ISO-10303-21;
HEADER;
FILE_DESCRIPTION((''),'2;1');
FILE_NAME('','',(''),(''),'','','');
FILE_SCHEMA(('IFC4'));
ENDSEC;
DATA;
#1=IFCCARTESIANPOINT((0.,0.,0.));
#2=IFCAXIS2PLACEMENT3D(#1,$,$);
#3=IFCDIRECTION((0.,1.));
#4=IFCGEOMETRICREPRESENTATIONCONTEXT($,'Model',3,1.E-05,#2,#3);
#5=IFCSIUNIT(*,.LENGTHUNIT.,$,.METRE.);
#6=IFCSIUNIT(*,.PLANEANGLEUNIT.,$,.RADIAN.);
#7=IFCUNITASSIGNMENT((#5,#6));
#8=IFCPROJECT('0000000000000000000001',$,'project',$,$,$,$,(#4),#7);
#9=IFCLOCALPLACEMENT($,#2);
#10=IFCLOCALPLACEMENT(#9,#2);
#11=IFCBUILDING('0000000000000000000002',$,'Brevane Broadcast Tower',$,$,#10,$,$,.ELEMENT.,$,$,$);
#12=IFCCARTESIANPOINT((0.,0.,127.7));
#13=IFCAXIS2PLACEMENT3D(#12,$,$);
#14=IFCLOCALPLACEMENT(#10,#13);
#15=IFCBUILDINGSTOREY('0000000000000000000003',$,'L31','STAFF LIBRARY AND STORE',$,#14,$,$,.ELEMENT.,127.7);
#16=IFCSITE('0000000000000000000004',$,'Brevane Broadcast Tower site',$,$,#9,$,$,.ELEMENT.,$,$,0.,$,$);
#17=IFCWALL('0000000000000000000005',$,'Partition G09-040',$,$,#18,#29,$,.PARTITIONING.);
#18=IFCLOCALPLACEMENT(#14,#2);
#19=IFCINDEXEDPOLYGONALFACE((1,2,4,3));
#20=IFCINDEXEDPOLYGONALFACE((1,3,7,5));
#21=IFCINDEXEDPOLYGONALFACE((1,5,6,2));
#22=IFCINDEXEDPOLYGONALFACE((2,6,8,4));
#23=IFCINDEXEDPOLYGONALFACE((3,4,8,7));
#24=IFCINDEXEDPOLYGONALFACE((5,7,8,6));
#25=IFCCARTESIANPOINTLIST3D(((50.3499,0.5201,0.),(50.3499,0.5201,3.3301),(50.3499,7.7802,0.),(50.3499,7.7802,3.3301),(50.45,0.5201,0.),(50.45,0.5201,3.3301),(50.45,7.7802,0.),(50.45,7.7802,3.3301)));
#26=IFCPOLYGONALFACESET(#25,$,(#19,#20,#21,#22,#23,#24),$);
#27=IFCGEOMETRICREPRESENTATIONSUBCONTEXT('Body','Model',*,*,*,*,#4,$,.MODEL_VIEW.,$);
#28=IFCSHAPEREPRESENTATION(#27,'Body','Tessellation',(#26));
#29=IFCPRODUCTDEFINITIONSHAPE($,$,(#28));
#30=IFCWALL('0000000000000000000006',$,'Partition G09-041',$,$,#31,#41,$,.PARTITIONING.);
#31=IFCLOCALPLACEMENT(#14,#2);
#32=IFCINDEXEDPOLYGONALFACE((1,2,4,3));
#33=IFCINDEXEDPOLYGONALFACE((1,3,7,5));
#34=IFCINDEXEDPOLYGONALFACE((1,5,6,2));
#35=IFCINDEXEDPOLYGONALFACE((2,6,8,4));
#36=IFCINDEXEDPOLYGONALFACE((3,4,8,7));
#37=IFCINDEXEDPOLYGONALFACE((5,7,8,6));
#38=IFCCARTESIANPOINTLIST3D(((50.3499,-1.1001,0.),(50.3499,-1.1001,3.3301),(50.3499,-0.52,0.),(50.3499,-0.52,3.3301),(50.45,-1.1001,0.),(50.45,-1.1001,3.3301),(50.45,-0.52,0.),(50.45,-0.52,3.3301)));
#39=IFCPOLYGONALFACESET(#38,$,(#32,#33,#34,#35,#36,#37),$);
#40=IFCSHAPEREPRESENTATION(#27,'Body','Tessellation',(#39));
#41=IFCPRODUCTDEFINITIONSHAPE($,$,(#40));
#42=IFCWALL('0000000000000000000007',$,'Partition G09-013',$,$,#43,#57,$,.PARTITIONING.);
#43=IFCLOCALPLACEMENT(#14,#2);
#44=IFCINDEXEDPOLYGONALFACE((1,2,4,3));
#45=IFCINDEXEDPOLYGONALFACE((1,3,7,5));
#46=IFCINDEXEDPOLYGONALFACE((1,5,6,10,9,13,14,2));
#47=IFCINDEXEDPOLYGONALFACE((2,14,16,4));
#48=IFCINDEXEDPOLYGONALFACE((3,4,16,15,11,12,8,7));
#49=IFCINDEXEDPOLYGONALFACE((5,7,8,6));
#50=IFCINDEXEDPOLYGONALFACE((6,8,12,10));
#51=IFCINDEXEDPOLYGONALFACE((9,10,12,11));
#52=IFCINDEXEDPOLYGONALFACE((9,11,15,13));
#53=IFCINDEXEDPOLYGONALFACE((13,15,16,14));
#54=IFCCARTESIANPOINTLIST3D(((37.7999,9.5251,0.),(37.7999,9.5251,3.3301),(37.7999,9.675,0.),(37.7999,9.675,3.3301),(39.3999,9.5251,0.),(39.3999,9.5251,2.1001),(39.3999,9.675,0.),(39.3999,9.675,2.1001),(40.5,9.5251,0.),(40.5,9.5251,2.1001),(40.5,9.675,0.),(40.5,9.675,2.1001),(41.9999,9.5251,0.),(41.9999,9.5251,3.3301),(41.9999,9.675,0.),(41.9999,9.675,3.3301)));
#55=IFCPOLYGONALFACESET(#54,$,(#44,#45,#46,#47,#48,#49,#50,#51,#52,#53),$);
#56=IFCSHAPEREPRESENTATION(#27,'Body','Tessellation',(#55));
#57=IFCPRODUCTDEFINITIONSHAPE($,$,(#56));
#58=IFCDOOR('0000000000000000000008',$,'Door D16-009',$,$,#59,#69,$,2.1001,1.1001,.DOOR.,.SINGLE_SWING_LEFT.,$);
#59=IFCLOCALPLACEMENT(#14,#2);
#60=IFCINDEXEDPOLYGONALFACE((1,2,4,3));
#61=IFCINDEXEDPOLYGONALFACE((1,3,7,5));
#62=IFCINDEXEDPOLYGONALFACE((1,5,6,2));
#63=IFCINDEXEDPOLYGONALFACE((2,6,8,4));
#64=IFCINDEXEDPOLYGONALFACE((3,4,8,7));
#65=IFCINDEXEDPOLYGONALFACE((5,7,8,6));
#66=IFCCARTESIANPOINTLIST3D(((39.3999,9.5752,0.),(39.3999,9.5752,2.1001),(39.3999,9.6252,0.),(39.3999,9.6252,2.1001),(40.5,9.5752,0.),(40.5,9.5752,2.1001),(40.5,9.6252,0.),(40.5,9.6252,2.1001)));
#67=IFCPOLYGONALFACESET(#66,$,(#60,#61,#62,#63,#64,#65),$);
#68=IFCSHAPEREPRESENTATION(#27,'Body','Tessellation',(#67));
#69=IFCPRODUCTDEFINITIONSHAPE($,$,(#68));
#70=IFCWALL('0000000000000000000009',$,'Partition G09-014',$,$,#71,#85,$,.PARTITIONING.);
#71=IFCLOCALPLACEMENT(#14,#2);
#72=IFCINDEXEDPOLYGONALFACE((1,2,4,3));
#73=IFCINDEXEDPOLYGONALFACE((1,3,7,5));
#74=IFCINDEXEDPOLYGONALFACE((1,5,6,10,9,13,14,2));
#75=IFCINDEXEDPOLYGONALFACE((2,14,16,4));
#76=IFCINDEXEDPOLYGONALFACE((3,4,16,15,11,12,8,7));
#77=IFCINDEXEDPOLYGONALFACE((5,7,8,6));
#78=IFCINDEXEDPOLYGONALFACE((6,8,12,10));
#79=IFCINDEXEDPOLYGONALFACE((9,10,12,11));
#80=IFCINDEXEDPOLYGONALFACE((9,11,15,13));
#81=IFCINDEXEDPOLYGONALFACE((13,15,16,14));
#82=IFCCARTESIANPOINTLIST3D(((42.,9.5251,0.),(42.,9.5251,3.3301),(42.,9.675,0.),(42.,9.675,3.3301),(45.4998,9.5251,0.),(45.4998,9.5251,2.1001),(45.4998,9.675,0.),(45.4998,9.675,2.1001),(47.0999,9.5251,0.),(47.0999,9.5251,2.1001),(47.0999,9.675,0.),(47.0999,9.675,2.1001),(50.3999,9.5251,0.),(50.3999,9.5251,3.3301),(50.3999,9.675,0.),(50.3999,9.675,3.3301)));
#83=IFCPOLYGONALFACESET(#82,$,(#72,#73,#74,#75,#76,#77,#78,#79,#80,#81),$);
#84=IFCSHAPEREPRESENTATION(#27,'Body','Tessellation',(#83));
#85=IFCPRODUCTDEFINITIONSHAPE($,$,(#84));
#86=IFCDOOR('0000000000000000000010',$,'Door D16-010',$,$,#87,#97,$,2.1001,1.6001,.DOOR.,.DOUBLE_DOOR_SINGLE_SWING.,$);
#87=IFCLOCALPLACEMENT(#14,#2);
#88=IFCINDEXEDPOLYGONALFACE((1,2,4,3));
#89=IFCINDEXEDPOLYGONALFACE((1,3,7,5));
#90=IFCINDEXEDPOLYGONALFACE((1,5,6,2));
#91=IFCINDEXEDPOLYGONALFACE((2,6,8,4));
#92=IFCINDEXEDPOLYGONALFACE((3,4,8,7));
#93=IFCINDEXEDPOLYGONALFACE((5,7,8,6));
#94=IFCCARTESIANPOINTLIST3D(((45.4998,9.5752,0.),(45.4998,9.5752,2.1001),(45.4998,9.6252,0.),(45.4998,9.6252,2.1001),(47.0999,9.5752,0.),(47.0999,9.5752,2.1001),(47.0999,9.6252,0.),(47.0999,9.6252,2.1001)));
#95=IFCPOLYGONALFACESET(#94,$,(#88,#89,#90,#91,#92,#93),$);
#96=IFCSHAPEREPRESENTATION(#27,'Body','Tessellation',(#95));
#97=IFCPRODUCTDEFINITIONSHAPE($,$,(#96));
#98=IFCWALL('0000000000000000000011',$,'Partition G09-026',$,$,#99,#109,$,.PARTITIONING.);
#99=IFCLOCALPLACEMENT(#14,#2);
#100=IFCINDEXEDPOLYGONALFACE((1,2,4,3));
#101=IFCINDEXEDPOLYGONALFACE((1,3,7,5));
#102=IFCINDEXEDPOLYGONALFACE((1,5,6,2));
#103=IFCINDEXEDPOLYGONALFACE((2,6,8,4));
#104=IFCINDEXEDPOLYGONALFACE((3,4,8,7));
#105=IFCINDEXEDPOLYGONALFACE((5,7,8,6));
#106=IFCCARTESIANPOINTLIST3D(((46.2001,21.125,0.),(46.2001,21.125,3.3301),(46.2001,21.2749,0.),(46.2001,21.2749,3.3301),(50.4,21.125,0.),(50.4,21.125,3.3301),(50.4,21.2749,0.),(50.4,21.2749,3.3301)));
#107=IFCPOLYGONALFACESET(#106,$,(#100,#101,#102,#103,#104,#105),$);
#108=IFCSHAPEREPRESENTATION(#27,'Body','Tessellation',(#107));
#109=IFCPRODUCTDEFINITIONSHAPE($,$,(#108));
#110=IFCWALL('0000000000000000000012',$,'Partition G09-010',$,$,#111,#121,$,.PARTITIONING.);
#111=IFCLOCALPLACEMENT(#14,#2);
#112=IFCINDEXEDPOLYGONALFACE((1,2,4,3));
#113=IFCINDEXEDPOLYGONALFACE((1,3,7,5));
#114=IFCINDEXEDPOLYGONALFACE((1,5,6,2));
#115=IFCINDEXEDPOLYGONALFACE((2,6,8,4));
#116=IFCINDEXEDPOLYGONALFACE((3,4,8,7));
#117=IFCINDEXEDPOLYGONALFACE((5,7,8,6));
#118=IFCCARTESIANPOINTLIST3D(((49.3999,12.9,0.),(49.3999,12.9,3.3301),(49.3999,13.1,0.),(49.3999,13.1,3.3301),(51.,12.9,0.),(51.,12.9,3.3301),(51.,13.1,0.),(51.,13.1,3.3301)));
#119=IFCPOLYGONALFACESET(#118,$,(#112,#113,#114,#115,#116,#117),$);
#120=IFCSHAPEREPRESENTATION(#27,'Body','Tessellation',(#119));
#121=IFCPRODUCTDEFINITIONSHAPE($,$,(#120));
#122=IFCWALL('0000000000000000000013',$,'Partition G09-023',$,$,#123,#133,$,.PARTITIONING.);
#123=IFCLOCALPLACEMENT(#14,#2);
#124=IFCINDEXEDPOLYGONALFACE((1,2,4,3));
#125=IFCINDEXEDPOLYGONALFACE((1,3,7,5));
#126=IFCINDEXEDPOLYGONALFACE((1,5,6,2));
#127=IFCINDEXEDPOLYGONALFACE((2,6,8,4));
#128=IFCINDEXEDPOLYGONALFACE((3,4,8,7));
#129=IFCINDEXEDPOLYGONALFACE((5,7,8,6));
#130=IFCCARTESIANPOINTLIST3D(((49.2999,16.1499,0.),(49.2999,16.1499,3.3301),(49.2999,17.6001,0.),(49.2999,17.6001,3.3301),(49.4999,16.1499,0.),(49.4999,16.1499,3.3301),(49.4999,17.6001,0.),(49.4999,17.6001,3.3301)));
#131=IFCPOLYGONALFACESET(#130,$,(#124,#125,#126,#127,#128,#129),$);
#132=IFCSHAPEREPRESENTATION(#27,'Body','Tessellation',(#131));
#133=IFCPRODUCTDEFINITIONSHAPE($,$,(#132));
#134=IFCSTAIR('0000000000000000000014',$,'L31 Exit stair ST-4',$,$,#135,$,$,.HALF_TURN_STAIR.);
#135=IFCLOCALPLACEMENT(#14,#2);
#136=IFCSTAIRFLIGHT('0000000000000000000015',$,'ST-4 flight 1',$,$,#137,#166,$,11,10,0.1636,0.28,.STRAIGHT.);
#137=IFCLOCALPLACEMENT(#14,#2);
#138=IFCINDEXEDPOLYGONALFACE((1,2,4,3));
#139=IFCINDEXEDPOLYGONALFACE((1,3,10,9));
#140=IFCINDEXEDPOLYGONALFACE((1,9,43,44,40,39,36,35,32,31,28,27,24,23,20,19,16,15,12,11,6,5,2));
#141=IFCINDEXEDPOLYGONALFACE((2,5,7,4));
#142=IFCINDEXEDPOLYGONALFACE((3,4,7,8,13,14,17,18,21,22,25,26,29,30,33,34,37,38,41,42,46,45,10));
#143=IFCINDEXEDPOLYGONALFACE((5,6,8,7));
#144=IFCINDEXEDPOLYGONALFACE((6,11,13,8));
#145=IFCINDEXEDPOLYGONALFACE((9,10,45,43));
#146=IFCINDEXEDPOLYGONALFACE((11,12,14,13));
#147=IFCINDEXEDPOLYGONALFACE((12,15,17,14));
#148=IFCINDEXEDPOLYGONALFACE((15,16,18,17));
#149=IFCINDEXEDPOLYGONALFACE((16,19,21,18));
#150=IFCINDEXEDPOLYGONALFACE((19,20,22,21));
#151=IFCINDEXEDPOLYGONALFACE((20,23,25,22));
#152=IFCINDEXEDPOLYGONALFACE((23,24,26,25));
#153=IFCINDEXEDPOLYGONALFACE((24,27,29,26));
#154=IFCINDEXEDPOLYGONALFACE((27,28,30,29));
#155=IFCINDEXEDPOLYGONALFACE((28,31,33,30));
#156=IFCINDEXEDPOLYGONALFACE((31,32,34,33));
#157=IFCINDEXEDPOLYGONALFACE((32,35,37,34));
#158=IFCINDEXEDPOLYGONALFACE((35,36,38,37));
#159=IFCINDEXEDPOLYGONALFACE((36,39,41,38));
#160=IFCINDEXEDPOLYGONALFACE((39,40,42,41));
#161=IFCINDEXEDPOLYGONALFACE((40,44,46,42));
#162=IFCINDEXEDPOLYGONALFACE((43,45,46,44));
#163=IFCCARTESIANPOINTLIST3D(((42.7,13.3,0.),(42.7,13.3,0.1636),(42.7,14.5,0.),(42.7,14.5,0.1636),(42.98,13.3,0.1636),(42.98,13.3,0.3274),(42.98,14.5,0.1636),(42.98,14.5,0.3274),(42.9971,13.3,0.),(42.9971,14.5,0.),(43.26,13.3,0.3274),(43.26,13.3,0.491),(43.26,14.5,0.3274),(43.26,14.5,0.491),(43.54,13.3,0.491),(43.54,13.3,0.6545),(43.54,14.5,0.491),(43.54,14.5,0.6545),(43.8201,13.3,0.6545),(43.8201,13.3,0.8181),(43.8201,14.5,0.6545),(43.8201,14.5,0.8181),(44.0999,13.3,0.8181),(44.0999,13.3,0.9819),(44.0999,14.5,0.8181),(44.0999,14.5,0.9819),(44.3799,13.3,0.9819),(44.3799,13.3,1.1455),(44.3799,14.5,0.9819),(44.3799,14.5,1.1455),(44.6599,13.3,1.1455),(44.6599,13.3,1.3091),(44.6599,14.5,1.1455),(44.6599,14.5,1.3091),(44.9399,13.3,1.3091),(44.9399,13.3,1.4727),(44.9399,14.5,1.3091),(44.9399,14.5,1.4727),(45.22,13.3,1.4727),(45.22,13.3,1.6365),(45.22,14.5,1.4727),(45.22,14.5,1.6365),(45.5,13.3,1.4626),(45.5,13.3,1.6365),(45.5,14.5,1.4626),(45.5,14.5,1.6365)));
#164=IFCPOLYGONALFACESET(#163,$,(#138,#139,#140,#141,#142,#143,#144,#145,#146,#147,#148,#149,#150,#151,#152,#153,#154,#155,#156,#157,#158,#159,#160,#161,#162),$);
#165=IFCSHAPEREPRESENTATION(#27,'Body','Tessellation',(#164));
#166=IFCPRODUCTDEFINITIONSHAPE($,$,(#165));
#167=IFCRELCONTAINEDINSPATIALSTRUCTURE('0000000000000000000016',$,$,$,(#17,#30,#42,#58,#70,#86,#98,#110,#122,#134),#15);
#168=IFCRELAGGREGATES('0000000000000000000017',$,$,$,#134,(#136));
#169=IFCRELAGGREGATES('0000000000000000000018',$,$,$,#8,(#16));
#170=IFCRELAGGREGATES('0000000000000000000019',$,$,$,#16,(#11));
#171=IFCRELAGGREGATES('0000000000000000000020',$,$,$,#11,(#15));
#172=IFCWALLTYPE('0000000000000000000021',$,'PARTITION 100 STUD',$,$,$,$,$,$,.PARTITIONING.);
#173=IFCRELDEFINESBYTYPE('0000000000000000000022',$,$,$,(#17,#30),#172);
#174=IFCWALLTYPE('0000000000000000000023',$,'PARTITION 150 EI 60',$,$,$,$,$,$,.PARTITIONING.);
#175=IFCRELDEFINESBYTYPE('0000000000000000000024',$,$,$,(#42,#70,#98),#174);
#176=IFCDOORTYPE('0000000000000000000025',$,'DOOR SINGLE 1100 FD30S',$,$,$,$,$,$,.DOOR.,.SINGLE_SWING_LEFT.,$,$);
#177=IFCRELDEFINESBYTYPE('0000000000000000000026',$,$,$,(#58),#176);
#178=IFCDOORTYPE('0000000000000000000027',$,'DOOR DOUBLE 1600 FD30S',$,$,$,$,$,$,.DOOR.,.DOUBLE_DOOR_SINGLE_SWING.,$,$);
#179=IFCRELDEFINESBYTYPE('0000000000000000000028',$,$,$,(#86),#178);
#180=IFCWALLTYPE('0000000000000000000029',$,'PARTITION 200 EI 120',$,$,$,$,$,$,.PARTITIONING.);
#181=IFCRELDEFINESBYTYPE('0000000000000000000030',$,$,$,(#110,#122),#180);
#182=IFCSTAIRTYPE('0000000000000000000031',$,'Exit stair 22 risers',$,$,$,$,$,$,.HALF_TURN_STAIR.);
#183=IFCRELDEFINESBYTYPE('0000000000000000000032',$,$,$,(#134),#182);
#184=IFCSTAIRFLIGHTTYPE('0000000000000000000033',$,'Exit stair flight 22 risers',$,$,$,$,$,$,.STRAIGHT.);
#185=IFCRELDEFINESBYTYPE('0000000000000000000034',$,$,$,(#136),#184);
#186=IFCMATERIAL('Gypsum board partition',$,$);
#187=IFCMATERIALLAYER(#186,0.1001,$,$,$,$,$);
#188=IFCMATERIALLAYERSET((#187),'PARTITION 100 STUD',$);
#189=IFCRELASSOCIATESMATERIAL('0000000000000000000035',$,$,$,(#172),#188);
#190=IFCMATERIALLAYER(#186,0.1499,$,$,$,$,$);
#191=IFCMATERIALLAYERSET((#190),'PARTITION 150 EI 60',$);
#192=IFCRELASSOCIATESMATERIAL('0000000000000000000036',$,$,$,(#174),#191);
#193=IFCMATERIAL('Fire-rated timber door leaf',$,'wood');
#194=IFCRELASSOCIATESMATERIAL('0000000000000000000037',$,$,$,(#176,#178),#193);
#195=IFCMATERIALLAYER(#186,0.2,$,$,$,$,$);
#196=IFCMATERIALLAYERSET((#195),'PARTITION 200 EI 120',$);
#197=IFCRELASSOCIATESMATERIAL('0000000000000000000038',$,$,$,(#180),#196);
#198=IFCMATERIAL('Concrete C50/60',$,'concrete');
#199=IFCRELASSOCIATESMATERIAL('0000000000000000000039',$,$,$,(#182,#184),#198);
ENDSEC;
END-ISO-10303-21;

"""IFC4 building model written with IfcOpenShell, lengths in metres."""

from ifc_helpers import new_model, si_unit, direction, frame, frame_2d, origin, place, context, subcontext, project, spatial, polyline, rectangle, outline, extrude, material, layer, layer_set, type_object, element, fill, aggregate, save


model = new_model("IFC4")

# Units and contexts
model_context = context("Model", 3, precision=1e-05, world=origin(), true_north=direction((0.0, 1.0)))
body_context = subcontext(model_context, "Body", "Model", "MODEL_VIEW")
ifc_project = project(units=[si_unit("LENGTHUNIT", "METRE"), si_unit("PLANEANGLEUNIT", "RADIAN")], contexts=[model_context])

# Site, building, storey
site_placement = place(None, origin())
site = spatial("IfcSite", under=ifc_project, at=site_placement, Name="Brevane Broadcast Tower site", CompositionType="ELEMENT", RefElevation=0.0)
building_placement = place(site_placement, origin())
building = spatial("IfcBuilding", under=site, at=building_placement, Name="Brevane Broadcast Tower", CompositionType="ELEMENT")
storey_placement = place(building_placement, frame((0.0, 0.0, 127.7)))
storey = spatial("IfcBuildingStorey", under=building, at=storey_placement, Name="L31", Description="STAFF LIBRARY AND STORE", CompositionType="ELEMENT", Elevation=127.7)

# Walls
ifc_material_1 = material(Name="Gypsum board partition")
ifc_layer_1 = layer(ifc_material_1, 0.1001)
ifc_layer_set_1 = layer_set([ifc_layer_1], Name="PARTITION 100 STUD")
wall_type_1 = type_object("IfcWallType", Name="PARTITION 100 STUD", PredefinedType="PARTITIONING", material=ifc_layer_set_1)
wall_1_placement = place(storey_placement, frame((50.3999, 7.78, 0.0), z_axis=(0.0, 0.0, 1.0), x_axis=(0.0, -1.0, 0.0)))
element("IfcWall", 1, at=wall_1_placement, inside=storey, type_object=wall_type_1, Name="Partition G09-040", PredefinedType="PARTITIONING", context=body_context, shape_type="SweptSolid", body=[
    extrude(rectangle(XDim=7.26, YDim=0.1001, at=frame_2d((3.6299, 0.0))), origin(), (0.0, 0.0, 1.0), 3.3301),
])
wall_2_placement = place(storey_placement, frame((50.3999, -0.52, 0.0), z_axis=(0.0, 0.0, 1.0), x_axis=(0.0, -1.0, 0.0)))
element("IfcWall", 2, at=wall_2_placement, inside=storey, type_object=wall_type_1, Name="Partition G09-041", PredefinedType="PARTITIONING", context=body_context, shape_type="SweptSolid", body=[
    extrude(rectangle(XDim=0.5801, YDim=0.1001, at=frame_2d((0.29, 0.0))), origin(), (0.0, 0.0, 1.0), 3.3301),
])

# Walls, openings, doors
ifc_layer_2 = layer(ifc_material_1, 0.1499)
ifc_layer_set_2 = layer_set([ifc_layer_2], Name="PARTITION 150 EI 60")
wall_type_2 = type_object("IfcWallType", Name="PARTITION 150 EI 60", PredefinedType="PARTITIONING", material=ifc_layer_set_2)
wall_3_placement = place(storey_placement, frame((42.0, 9.6001, 0.0), z_axis=(0.0, 0.0, 1.0), x_axis=(-1.0, 0.0, 0.0)))
wall_3 = element("IfcWall", 3, at=wall_3_placement, inside=storey, type_object=wall_type_2, Name="Partition G09-013", PredefinedType="PARTITIONING", context=body_context, shape_type="SweptSolid", body=[
    extrude(rectangle(XDim=4.2, YDim=0.1499, at=frame_2d((2.1001, 0.0))), origin(), (0.0, 0.0, 1.0), 3.3301),
])
opening_1_placement = place(wall_3_placement, frame((1.5, 0.0, 0.0)))
opening_1 = element("IfcOpeningElement", 4, at=opening_1_placement, cuts=wall_3, PredefinedType="OPENING", context=body_context, shape_type="SweptSolid", body=[
    extrude(rectangle(XDim=1.1001, YDim=2.1001, at=frame_2d((0.55, 1.05))), frame((0.0, 0.085, 0.0), z_axis=(0.0, -1.0, 0.0), x_axis=(1.0, 0.0, 0.0)), (0.0, 0.0, 1.0), 0.1699),
])
ifc_material_2 = material(Name="Fire-rated timber door leaf", Category="wood")
door_type_1 = type_object("IfcDoorType", Name="DOOR SINGLE 1100 FD30S", OperationType="SINGLE_SWING_LEFT", PredefinedType="DOOR", material=ifc_material_2)
door_1_placement = place(opening_1_placement, origin())
door_1 = element("IfcDoor", 5, at=door_1_placement, inside=storey, type_object=door_type_1, Name="Door D16-009", OperationType="SINGLE_SWING_LEFT", OverallHeight=2.1001, OverallWidth=1.1001, PredefinedType="DOOR", context=body_context, shape_type="SweptSolid", body=[
    extrude(rectangle(XDim=1.1001, YDim=2.1001, at=frame_2d((0.55, 1.05))), frame((0.0, 0.0249, 0.0), z_axis=(0.0, -1.0, 0.0), x_axis=(1.0, 0.0, 0.0)), (0.0, 0.0, 1.0), 0.05),
])
fill(opening_1, door_1)
wall_4_placement = place(storey_placement, frame((50.3999, 9.6001, 0.0), z_axis=(0.0, 0.0, 1.0), x_axis=(-1.0, 0.0, 0.0)))
wall_4 = element("IfcWall", 6, at=wall_4_placement, inside=storey, type_object=wall_type_2, Name="Partition G09-014", PredefinedType="PARTITIONING", context=body_context, shape_type="SweptSolid", body=[
    extrude(rectangle(XDim=8.3999, YDim=0.1499, at=frame_2d((4.2, 0.0))), origin(), (0.0, 0.0, 1.0), 3.3301),
])
opening_2_placement = place(wall_4_placement, frame((3.3, 0.0, 0.0)))
opening_2 = element("IfcOpeningElement", 7, at=opening_2_placement, cuts=wall_4, PredefinedType="OPENING", context=body_context, shape_type="SweptSolid", body=[
    extrude(rectangle(XDim=1.6001, YDim=2.1001, at=frame_2d((0.8, 1.05))), frame((0.0, 0.085, 0.0), z_axis=(0.0, -1.0, 0.0), x_axis=(1.0, 0.0, 0.0)), (0.0, 0.0, 1.0), 0.1699),
])
door_type_2 = type_object("IfcDoorType", Name="DOOR DOUBLE 1600 FD30S", OperationType="DOUBLE_DOOR_SINGLE_SWING", PredefinedType="DOOR", material=ifc_material_2)
door_2_placement = place(opening_2_placement, origin())
door_2 = element("IfcDoor", 8, at=door_2_placement, inside=storey, type_object=door_type_2, Name="Door D16-010", OperationType="DOUBLE_DOOR_SINGLE_SWING", OverallHeight=2.1001, OverallWidth=1.6001, PredefinedType="DOOR", context=body_context, shape_type="SweptSolid", body=[
    extrude(rectangle(XDim=1.6001, YDim=2.1001, at=frame_2d((0.8, 1.05))), frame((0.0, 0.0249, 0.0), z_axis=(0.0, -1.0, 0.0), x_axis=(1.0, 0.0, 0.0)), (0.0, 0.0, 1.0), 0.05),
])
fill(opening_2, door_2)

# Walls
wall_5_placement = place(storey_placement, frame((46.2, 21.2, 0.0), z_axis=(0.0, 0.0, 1.0), x_axis=(1.0, 0.0, 0.0)))
element("IfcWall", 9, at=wall_5_placement, inside=storey, type_object=wall_type_2, Name="Partition G09-026", PredefinedType="PARTITIONING", context=body_context, shape_type="SweptSolid", body=[
    extrude(rectangle(XDim=4.2, YDim=0.1499, at=frame_2d((2.1001, 0.0))), origin(), (0.0, 0.0, 1.0), 3.3301),
])
ifc_layer_3 = layer(ifc_material_1, 0.2)
ifc_layer_set_3 = layer_set([ifc_layer_3], Name="PARTITION 200 EI 120")
wall_type_3 = type_object("IfcWallType", Name="PARTITION 200 EI 120", PredefinedType="PARTITIONING", material=ifc_layer_set_3)
wall_6_placement = place(storey_placement, frame((49.3999, 13.0, 0.0), z_axis=(0.0, 0.0, 1.0), x_axis=(1.0, 0.0, 0.0)))
element("IfcWall", 10, at=wall_6_placement, inside=storey, type_object=wall_type_3, Name="Partition G09-010", PredefinedType="PARTITIONING", context=body_context, shape_type="SweptSolid", body=[
    extrude(rectangle(XDim=1.6001, YDim=0.2, at=frame_2d((0.8, 0.0))), origin(), (0.0, 0.0, 1.0), 3.3301),
])
wall_7_placement = place(storey_placement, frame((49.3999, 17.6001, 0.0), z_axis=(0.0, 0.0, 1.0), x_axis=(0.0, -1.0, 0.0)))
element("IfcWall", 11, at=wall_7_placement, inside=storey, type_object=wall_type_3, Name="Partition G09-023", PredefinedType="PARTITIONING", context=body_context, shape_type="SweptSolid", body=[
    extrude(rectangle(XDim=1.4502, YDim=0.2, at=frame_2d((0.7251, 0.0))), origin(), (0.0, 0.0, 1.0), 3.3301),
])

# Stair, stair flight
ifc_material_3 = material(Name="Concrete C50/60", Category="concrete")
stair_type = type_object("IfcStairType", Name="Exit stair 22 risers", PredefinedType="HALF_TURN_STAIR", material=ifc_material_3)
stair_placement = place(storey_placement, origin())
stair = element("IfcStair", 12, at=stair_placement, inside=storey, type_object=stair_type, Name="L31 Exit stair ST-4", PredefinedType="HALF_TURN_STAIR")
stair_flight_type = type_object("IfcStairFlightType", Name="Exit stair flight 22 risers", PredefinedType="STRAIGHT", material=ifc_material_3)
stair_flight_1_placement = place(storey_placement, frame((42.7, 13.8999, 0.0), z_axis=(0.0, 0.0, 1.0), x_axis=(1.0, 0.0, 0.0)))
stair_flight_1 = element("IfcStairFlight", 13, at=stair_flight_1_placement, type_object=stair_flight_type, Name="ST-4 flight 1", NumberOfRisers=11, NumberOfTreads=10, PredefinedType="STRAIGHT", RiserHeight=0.1636, TreadLength=0.28, context=body_context, shape_type="SweptSolid", body=[
    extrude(outline(polyline([(0.0, 0.0), (0.0, 0.1636), (0.28, 0.1636), (0.28, 0.3274), (0.5601, 0.3274), (0.5601, 0.491), (0.8401, 0.491), (0.8401, 0.6545), (1.1201, 0.6545), (1.1201, 0.8181), (1.3999, 0.8181), (1.3999, 0.9819), (1.6799, 0.9819), (1.6799, 1.1455), (1.96, 1.1455), (1.96, 1.3091), (2.24, 1.3091), (2.24, 1.4727), (2.52, 1.4727), (2.52, 1.6365), (2.8, 1.6365), (2.8, 1.8), (2.8, 1.4626), (0.2971, 0.0), (0.0, 0.0)])), frame((0.0, 0.6001, 0.0), z_axis=(0.0, -1.0, 0.0), x_axis=(1.0, 0.0, 0.0)), (0.0, 0.0, 1.0), 1.2),
])
aggregate(stair, [stair_flight_1])

save(model, "model.ifc")
